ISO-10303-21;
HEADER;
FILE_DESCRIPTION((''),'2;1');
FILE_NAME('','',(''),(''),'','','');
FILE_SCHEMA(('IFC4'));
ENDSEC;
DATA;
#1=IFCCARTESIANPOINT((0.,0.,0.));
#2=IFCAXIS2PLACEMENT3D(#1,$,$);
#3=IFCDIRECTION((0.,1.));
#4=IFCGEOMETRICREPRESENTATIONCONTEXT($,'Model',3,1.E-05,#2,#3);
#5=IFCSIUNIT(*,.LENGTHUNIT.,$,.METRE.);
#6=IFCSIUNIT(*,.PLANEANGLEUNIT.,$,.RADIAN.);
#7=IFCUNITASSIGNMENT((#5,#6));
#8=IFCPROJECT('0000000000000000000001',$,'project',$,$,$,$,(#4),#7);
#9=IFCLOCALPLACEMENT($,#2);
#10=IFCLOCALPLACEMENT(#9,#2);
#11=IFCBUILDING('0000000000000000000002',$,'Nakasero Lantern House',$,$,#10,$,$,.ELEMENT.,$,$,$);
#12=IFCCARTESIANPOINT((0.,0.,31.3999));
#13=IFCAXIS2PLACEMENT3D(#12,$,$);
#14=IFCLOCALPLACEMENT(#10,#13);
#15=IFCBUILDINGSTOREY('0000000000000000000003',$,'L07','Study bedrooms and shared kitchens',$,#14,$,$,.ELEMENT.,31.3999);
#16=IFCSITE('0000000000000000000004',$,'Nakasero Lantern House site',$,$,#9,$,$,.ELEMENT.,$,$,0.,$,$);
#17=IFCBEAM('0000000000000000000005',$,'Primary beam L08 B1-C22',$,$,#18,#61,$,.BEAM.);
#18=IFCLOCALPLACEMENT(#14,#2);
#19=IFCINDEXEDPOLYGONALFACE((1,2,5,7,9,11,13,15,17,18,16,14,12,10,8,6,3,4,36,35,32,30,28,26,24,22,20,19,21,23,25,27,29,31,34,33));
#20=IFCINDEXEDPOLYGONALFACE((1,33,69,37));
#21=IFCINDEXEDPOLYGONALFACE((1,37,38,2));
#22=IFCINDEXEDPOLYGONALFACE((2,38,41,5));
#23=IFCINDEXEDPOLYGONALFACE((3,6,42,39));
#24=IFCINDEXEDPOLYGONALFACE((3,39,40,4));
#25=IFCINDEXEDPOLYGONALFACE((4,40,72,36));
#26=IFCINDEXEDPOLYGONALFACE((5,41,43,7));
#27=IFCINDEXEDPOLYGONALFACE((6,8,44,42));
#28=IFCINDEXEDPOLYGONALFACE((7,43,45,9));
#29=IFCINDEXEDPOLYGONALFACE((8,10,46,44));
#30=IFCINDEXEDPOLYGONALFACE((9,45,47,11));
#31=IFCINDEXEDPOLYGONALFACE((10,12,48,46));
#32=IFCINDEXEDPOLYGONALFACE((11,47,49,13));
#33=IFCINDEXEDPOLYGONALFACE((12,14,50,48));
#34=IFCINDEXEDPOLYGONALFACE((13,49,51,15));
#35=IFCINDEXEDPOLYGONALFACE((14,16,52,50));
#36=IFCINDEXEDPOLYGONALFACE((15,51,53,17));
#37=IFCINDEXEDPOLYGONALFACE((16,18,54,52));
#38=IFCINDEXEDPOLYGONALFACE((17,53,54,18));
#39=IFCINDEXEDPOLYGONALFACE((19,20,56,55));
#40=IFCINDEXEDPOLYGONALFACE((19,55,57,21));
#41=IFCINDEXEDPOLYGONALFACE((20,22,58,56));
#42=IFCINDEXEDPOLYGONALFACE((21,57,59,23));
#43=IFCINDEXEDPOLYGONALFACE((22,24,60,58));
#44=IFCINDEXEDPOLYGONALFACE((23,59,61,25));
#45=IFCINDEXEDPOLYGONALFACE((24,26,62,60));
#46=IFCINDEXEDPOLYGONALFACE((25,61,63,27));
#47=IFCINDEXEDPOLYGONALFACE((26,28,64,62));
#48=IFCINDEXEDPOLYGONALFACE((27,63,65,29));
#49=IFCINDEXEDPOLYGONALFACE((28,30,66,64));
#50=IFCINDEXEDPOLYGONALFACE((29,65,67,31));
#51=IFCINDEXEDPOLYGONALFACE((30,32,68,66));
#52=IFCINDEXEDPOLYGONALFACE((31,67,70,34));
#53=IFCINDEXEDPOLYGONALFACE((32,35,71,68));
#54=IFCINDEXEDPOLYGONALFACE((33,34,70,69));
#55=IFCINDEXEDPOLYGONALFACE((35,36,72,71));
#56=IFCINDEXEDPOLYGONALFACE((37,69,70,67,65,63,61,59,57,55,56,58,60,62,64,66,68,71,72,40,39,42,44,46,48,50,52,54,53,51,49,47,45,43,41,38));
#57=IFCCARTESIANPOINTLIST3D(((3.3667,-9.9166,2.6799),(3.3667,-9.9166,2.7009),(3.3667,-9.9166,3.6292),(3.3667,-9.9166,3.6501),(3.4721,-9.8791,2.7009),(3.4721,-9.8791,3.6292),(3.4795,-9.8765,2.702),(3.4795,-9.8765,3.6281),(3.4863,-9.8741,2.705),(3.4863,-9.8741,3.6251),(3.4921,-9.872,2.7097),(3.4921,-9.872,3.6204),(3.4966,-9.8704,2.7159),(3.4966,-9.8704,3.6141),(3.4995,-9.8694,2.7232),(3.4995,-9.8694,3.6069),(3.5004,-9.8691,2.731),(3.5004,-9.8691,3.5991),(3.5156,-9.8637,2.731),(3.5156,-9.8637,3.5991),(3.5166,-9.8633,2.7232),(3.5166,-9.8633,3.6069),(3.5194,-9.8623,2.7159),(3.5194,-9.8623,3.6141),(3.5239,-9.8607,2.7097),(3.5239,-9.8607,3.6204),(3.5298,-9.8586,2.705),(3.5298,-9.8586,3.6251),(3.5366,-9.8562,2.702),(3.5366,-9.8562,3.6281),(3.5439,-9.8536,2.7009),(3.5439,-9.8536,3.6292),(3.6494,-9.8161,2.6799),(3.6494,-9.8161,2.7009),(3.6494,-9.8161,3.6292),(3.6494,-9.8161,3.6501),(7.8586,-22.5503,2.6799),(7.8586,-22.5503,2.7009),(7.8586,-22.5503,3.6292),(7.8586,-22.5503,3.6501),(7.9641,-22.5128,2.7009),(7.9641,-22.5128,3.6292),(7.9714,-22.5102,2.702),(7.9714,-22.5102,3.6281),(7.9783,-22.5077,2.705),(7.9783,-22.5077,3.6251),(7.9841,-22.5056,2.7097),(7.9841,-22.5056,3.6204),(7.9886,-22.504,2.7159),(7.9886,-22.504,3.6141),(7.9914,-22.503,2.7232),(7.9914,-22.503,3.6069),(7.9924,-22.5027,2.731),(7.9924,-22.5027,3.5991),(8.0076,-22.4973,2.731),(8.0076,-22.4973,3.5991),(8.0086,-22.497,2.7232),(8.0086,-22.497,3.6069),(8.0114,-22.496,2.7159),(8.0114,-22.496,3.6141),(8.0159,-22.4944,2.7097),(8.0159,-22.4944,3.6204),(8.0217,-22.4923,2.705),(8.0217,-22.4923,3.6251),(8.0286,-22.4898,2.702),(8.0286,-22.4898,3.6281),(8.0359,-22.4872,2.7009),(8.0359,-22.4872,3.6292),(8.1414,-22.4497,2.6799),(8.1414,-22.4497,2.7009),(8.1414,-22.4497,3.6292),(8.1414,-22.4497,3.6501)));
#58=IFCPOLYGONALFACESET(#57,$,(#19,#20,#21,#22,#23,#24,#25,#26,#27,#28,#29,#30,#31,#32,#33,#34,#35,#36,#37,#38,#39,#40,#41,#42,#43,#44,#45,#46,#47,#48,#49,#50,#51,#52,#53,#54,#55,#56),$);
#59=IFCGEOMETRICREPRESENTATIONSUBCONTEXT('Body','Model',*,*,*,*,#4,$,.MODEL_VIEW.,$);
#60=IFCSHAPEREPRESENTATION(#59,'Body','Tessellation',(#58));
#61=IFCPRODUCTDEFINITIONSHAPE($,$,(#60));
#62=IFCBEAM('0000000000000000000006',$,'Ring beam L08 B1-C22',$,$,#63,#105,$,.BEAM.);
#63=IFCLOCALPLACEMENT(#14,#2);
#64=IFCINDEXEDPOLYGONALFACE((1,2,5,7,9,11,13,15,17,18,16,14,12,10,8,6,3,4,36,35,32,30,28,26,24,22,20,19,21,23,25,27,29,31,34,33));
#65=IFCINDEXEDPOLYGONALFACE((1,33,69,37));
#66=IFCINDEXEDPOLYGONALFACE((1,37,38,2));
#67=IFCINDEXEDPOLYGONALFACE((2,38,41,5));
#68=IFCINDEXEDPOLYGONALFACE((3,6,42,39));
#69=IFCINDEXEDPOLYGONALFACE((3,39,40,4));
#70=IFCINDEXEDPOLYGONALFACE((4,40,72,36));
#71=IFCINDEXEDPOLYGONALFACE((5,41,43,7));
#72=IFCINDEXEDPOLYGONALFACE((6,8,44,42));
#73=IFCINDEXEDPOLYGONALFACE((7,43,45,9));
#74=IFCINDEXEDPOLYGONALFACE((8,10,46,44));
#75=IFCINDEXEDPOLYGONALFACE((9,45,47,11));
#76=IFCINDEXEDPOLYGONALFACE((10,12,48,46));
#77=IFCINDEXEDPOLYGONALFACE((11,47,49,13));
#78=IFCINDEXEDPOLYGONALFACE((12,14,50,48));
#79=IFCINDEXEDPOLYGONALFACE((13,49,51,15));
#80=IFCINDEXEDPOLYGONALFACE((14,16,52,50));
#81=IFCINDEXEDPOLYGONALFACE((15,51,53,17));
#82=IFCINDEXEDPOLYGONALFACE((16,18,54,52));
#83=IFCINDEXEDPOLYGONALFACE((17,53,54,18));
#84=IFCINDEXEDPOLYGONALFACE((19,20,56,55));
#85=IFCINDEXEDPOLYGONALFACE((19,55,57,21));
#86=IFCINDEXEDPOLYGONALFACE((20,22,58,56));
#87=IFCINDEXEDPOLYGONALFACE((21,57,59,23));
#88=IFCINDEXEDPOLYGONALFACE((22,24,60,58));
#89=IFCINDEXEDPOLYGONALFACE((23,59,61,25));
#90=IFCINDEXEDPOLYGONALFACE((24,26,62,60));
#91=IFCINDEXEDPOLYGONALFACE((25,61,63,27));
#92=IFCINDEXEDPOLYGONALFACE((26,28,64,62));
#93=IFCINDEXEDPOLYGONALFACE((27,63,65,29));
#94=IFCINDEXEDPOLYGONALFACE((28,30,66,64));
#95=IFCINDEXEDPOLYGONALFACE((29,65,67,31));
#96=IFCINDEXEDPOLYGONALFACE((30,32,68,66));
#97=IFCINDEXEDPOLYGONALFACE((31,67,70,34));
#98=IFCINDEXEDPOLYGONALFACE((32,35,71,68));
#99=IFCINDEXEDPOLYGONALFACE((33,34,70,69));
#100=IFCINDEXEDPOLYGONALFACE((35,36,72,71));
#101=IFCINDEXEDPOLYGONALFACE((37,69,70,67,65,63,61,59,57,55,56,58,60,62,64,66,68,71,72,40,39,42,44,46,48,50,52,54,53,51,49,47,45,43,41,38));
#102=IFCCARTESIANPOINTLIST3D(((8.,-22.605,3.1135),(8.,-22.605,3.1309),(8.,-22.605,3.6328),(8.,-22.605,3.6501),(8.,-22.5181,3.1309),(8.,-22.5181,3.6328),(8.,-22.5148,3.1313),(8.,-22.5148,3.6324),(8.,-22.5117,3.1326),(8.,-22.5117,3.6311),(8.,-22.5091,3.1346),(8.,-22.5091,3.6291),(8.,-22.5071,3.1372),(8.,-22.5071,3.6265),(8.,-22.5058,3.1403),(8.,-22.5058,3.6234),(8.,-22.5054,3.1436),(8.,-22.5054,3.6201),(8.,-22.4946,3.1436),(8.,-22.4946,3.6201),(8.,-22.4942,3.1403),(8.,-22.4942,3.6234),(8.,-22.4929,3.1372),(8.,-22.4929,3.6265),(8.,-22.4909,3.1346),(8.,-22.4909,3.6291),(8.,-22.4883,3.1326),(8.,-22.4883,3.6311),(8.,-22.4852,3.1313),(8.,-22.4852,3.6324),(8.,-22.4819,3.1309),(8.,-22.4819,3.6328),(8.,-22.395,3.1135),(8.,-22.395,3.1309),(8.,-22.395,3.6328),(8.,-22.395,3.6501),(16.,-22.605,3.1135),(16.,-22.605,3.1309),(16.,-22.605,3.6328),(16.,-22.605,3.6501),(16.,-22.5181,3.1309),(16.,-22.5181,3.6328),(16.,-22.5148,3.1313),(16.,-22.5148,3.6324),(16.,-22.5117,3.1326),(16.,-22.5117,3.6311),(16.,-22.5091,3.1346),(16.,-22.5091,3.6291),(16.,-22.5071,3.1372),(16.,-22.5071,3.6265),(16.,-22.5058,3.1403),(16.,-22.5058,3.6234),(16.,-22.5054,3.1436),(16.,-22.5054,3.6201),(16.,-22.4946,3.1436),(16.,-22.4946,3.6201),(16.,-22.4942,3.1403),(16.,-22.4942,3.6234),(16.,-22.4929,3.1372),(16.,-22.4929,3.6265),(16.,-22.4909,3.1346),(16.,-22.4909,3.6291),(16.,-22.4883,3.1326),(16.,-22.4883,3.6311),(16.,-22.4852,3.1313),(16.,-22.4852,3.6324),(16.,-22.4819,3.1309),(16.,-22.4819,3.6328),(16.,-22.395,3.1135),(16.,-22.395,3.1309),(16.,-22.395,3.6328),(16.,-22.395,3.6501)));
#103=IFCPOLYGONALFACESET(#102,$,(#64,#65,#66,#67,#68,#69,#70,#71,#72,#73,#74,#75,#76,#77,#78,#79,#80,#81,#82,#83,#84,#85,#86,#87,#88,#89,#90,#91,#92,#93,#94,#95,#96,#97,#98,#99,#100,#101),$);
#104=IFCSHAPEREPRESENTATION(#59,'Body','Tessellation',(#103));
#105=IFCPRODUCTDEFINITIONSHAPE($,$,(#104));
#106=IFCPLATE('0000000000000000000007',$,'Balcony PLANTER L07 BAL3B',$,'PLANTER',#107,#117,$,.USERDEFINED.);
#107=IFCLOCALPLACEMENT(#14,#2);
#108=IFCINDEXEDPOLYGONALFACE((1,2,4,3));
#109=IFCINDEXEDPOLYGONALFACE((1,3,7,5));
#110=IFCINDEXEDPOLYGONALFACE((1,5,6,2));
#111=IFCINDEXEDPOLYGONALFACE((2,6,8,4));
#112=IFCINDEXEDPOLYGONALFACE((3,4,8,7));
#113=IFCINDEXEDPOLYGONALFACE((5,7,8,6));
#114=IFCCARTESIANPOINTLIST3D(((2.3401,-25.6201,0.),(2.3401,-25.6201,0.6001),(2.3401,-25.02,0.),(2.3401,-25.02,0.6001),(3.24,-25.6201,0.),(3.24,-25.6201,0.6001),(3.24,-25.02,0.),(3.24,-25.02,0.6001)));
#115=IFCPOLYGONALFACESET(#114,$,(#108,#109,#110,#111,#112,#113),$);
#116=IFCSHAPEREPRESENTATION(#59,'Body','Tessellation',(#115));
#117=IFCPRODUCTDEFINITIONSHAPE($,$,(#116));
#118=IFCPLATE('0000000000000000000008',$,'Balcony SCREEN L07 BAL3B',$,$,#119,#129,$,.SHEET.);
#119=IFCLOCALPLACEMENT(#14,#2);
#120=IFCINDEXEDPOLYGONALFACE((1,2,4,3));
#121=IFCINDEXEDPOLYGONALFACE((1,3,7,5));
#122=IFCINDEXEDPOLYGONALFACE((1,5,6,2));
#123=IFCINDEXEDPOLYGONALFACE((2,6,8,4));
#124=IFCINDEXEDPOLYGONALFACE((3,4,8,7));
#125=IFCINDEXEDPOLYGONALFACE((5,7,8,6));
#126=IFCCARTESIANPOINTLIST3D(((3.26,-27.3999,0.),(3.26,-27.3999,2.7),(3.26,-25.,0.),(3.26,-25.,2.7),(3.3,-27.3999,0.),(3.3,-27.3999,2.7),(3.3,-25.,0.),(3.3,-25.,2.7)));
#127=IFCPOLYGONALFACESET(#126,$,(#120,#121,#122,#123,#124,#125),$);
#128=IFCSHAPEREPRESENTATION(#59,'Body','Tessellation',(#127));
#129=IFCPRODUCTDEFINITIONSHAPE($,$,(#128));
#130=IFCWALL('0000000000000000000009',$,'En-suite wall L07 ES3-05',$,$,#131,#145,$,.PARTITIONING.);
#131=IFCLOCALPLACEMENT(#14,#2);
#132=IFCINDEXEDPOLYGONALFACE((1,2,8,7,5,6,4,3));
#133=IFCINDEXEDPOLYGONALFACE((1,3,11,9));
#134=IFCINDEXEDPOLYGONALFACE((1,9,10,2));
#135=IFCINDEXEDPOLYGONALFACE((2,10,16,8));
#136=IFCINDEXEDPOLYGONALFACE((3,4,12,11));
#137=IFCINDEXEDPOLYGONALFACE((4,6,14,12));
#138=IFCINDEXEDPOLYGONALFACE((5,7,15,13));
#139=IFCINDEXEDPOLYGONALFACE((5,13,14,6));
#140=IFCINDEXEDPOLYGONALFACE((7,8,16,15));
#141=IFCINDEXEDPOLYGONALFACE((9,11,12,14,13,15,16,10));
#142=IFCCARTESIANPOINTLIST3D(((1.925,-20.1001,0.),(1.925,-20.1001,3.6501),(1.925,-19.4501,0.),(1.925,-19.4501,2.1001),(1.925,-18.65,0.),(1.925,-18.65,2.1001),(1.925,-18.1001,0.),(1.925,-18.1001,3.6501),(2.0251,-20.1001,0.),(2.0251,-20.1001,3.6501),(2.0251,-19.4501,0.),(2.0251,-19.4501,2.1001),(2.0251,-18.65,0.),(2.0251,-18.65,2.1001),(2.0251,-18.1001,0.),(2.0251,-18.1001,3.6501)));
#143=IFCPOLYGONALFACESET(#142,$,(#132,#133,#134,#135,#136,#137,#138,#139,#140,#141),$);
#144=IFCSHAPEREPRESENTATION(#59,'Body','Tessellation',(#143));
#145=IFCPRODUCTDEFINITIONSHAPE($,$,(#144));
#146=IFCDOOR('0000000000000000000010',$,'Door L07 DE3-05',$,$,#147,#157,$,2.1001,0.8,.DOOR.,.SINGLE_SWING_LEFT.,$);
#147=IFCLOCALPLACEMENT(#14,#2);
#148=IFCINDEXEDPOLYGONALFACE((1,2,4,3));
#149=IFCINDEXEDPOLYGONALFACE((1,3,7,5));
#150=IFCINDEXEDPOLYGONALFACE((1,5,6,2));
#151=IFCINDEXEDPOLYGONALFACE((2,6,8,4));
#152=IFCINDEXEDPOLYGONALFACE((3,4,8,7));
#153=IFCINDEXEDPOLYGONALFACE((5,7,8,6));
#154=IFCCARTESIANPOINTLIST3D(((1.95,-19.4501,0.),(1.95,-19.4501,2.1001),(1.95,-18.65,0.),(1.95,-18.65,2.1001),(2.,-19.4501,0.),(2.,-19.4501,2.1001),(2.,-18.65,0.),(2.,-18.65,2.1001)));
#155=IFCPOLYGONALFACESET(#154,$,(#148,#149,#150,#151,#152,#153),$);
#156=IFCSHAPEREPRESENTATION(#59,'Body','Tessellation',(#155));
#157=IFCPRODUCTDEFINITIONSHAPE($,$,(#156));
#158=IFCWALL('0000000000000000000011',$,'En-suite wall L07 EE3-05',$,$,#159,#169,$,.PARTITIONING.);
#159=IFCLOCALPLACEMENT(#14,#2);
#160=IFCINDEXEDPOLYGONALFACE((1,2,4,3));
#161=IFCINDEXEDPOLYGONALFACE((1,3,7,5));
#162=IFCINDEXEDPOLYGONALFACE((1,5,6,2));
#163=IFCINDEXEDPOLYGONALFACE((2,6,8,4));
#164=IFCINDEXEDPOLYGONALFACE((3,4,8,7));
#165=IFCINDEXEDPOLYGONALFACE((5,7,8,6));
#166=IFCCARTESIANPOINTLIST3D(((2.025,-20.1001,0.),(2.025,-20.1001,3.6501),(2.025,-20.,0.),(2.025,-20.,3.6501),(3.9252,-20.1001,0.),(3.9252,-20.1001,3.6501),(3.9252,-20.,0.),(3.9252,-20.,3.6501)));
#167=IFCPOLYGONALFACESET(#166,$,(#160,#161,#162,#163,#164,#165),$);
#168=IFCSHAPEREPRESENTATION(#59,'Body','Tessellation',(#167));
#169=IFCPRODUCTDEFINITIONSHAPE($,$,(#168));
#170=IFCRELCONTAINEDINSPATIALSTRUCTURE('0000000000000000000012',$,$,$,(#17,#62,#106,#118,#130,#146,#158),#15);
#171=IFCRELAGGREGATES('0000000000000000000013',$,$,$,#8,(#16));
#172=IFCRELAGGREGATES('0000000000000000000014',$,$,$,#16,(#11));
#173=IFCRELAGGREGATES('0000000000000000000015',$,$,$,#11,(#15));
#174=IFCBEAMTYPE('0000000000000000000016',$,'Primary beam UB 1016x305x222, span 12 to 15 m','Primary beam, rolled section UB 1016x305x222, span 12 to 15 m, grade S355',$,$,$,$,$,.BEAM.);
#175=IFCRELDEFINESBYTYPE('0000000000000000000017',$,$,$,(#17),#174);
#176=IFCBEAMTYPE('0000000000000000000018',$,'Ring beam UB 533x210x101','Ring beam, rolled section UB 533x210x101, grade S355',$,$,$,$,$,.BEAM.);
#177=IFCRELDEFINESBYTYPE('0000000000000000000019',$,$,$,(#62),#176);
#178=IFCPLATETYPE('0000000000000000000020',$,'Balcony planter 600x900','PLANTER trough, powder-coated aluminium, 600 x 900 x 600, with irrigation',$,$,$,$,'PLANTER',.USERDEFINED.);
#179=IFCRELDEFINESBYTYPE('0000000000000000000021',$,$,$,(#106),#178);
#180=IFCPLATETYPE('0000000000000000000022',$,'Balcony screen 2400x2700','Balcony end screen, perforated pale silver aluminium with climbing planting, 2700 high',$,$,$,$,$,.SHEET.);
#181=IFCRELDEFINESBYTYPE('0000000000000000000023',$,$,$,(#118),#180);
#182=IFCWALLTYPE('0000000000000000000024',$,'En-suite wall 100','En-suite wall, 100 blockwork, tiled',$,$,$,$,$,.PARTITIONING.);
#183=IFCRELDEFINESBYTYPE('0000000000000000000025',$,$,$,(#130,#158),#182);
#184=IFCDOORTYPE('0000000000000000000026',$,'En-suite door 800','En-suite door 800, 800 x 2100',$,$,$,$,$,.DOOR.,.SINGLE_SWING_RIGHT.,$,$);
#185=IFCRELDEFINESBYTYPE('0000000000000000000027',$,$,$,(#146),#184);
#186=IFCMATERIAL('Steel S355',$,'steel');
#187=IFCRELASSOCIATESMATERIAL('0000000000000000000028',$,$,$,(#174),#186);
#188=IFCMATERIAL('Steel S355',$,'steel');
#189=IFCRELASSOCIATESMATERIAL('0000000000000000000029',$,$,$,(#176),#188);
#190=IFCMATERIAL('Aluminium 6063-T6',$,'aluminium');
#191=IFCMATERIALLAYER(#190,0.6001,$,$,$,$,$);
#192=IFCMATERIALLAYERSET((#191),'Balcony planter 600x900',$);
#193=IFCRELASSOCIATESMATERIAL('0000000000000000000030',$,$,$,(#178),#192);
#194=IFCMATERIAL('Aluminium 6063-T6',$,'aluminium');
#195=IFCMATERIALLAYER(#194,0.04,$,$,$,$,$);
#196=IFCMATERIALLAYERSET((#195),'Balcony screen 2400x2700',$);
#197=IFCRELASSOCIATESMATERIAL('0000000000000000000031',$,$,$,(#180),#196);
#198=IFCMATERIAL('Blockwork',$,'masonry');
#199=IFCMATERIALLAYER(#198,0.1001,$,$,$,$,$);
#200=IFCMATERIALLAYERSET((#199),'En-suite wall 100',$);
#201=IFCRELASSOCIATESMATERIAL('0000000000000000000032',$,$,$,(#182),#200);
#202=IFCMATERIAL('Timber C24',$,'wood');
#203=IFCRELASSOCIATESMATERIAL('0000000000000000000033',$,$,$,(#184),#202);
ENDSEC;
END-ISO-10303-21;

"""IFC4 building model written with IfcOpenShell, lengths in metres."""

from ifc_helpers import new_model, si_unit, direction, frame, frame_2d, origin, origin_2d, place, context, subcontext, project, spatial, rectangle, i_section, extrude, material, layer, layer_set, material_profile, profile_set, type_object, element, fill, save


model = new_model("IFC4")

# Units and contexts
model_context = context("Model", 3, precision=1e-05, world=origin(), true_north=direction((0.0, 1.0)))
body_context = subcontext(model_context, "Body", "Model", "MODEL_VIEW")
ifc_project = project(units=[si_unit("LENGTHUNIT", "METRE"), si_unit("PLANEANGLEUNIT", "RADIAN")], contexts=[model_context])

# Site, building, storey
site_placement = place(None, origin())
site = spatial("IfcSite", under=ifc_project, at=site_placement, Name="Nakasero Lantern House site", CompositionType="ELEMENT", RefElevation=0.0)
building_placement = place(site_placement, origin())
building = spatial("IfcBuilding", under=site, at=building_placement, Name="Nakasero Lantern House", CompositionType="ELEMENT")
storey_placement = place(building_placement, frame((0.0, 0.0, 31.3999)))
storey = spatial("IfcBuildingStorey", under=building, at=storey_placement, Name="L07", Description="Study bedrooms and shared kitchens", CompositionType="ELEMENT", Elevation=31.3999)

# Beams
ifc_material_1 = material(Name="Steel S355", Category="steel")
ifc_material_profile_1 = material_profile(ifc_material_1, i_section(OverallWidth=0.3, OverallDepth=0.9702, WebThickness=0.0161, FlangeThickness=0.021, FilletRadius=0.03, at=origin_2d()), Name="UB 1016x305x222")
ifc_profile_set_1 = profile_set([ifc_material_profile_1], Name="Steel S355")
beam_type_1 = type_object("IfcBeamType", Name="Primary beam UB 1016x305x222, span 12 to 15 m", Description="Primary beam, rolled section UB 1016x305x222, span 12 to 15 m, grade S355", PredefinedType="BEAM", material=ifc_profile_set_1)
beam_1_placement = place(storey_placement, frame((8.0, -22.5, 3.165), z_axis=(-0.335011, 0.942214, 0.0), x_axis=(-0.942214, -0.335011, 0.0)))
element("IfcBeam", 1, at=beam_1_placement, inside=storey, type_object=beam_type_1, Name="Primary beam L08 B1-C22", PredefinedType="BEAM", context=body_context, shape_type="SweptSolid", body=[
    extrude(i_section(OverallWidth=0.3, OverallDepth=0.9702, WebThickness=0.0161, FlangeThickness=0.021, FilletRadius=0.03, at=origin_2d()), origin(), (0.0, 0.0, 1.0), 13.4084),
])
ifc_material_2 = material(Name="Steel S355", Category="steel")
ifc_material_profile_2 = material_profile(ifc_material_2, i_section(OverallWidth=0.21, OverallDepth=0.5366, WebThickness=0.0107, FlangeThickness=0.0173, FilletRadius=0.0127, at=origin_2d()), Name="UB 533x210x101")
ifc_profile_set_2 = profile_set([ifc_material_profile_2], Name="Steel S355")
beam_type_2 = type_object("IfcBeamType", Name="Ring beam UB 533x210x101", Description="Ring beam, rolled section UB 533x210x101, grade S355", PredefinedType="BEAM", material=ifc_profile_set_2)
beam_2_placement = place(storey_placement, frame((8.0, -22.5, 3.3818), z_axis=(1.0, 0.0, 0.0), x_axis=(0.0, 1.0, 0.0)))
element("IfcBeam", 2, at=beam_2_placement, inside=storey, type_object=beam_type_2, Name="Ring beam L08 B1-C22", PredefinedType="BEAM", context=body_context, shape_type="SweptSolid", body=[
    extrude(i_section(OverallWidth=0.21, OverallDepth=0.5366, WebThickness=0.0107, FlangeThickness=0.0173, FilletRadius=0.0127, at=origin_2d()), origin(), (0.0, 0.0, 1.0), 8.0),
])

# Plates
ifc_material_3 = material(Name="Aluminium 6063-T6", Category="aluminium")
ifc_layer_1 = layer(ifc_material_3, 0.6001)
ifc_layer_set_1 = layer_set([ifc_layer_1], Name="Balcony planter 600x900")
plate_type_1 = type_object("IfcPlateType", Name="Balcony planter 600x900", Description="PLANTER trough, powder-coated aluminium, 600 x 900 x 600, with irrigation", ElementType="PLANTER", PredefinedType="USERDEFINED", material=ifc_layer_set_1)
plate_1_placement = place(storey_placement, frame((2.79, -25.3201, 0.0), z_axis=(0.0, 0.0, 1.0), x_axis=(0.0, -1.0, 0.0)))
element("IfcPlate", 3, at=plate_1_placement, inside=storey, type_object=plate_type_1, Name="Balcony PLANTER L07 BAL3B", ObjectType="PLANTER", PredefinedType="USERDEFINED", context=body_context, shape_type="SweptSolid", body=[
    extrude(rectangle(XDim=0.6001, YDim=0.8999, at=origin_2d()), origin(), (0.0, 0.0, 1.0), 0.6001),
])
ifc_material_4 = material(Name="Aluminium 6063-T6", Category="aluminium")
ifc_layer_2 = layer(ifc_material_4, 0.04)
ifc_layer_set_2 = layer_set([ifc_layer_2], Name="Balcony screen 2400x2700")
plate_type_2 = type_object("IfcPlateType", Name="Balcony screen 2400x2700", Description="Balcony end screen, perforated pale silver aluminium with climbing planting, 2700 high", PredefinedType="SHEET", material=ifc_layer_set_2)
plate_2_placement = place(storey_placement, frame((3.28, -26.2, 0.0), z_axis=(0.0, 0.0, 1.0), x_axis=(0.0, -1.0, 0.0)))
element("IfcPlate", 4, at=plate_2_placement, inside=storey, type_object=plate_type_2, Name="Balcony SCREEN L07 BAL3B", PredefinedType="SHEET", context=body_context, shape_type="SweptSolid", body=[
    extrude(rectangle(XDim=2.3999, YDim=0.04, at=origin_2d()), origin(), (0.0, 0.0, 1.0), 2.7),
])

# Wall, opening, door
ifc_material_5 = material(Name="Blockwork", Category="masonry")
ifc_layer_3 = layer(ifc_material_5, 0.1001)
ifc_layer_set_3 = layer_set([ifc_layer_3], Name="En-suite wall 100")
wall_type_1 = type_object("IfcWallType", Name="En-suite wall 100", Description="En-suite wall, 100 blockwork, tiled", PredefinedType="PARTITIONING", material=ifc_layer_set_3)
wall_1_placement = place(storey_placement, frame((1.9751, -18.1001, 0.0), z_axis=(0.0, 0.0, 1.0), x_axis=(0.0, -1.0, 0.0)))
wall_1 = element("IfcWall", 5, at=wall_1_placement, inside=storey, type_object=wall_type_1, Name="En-suite wall L07 ES3-05", PredefinedType="PARTITIONING", context=body_context, shape_type="SweptSolid", body=[
    extrude(rectangle(XDim=2.0, YDim=0.1001, at=frame_2d((1.0, 0.0))), origin(), (0.0, 0.0, 1.0), 3.6501),
])
opening_1_placement = place(wall_1_placement, frame((0.55, 0.0, 0.0)))
opening_1 = element("IfcOpeningElement", 6, at=opening_1_placement, cuts=wall_1, PredefinedType="OPENING", context=body_context, shape_type="SweptSolid", body=[
    extrude(rectangle(XDim=0.8, YDim=2.1001, at=frame_2d((0.3999, 1.05))), frame((0.0, 0.0701, 0.0), z_axis=(0.0, -1.0, 0.0), x_axis=(1.0, 0.0, 0.0)), (0.0, 0.0, 1.0), 0.1401),
])
ifc_material_6 = material(Name="Timber C24", Category="wood")
door_type_1 = type_object("IfcDoorType", Name="En-suite door 800", Description="En-suite door 800, 800 x 2100", OperationType="SINGLE_SWING_RIGHT", PredefinedType="DOOR", material=ifc_material_6)
door_1_placement = place(opening_1_placement, origin())
door_1 = element("IfcDoor", 7, at=door_1_placement, inside=storey, type_object=door_type_1, Name="Door L07 DE3-05", OperationType="SINGLE_SWING_LEFT", OverallHeight=2.1001, OverallWidth=0.8, PredefinedType="DOOR", context=body_context, shape_type="SweptSolid", body=[
    extrude(rectangle(XDim=0.8, YDim=2.1001, at=frame_2d((0.3999, 1.05))), frame((0.0, 0.0249, 0.0), z_axis=(0.0, -1.0, 0.0), x_axis=(1.0, 0.0, 0.0)), (0.0, 0.0, 1.0), 0.05),
])
fill(opening_1, door_1)

# Wall
wall_2_placement = place(storey_placement, frame((2.0249, -20.05, 0.0), z_axis=(0.0, 0.0, 1.0), x_axis=(1.0, 0.0, 0.0)))
element("IfcWall", 8, at=wall_2_placement, inside=storey, type_object=wall_type_1, Name="En-suite wall L07 EE3-05", PredefinedType="PARTITIONING", context=body_context, shape_type="SweptSolid", body=[
    extrude(rectangle(XDim=1.9001, YDim=0.1001, at=frame_2d((0.9502, 0.0))), origin(), (0.0, 0.0, 1.0), 3.6501),
])

save(model, "model.ifc")
